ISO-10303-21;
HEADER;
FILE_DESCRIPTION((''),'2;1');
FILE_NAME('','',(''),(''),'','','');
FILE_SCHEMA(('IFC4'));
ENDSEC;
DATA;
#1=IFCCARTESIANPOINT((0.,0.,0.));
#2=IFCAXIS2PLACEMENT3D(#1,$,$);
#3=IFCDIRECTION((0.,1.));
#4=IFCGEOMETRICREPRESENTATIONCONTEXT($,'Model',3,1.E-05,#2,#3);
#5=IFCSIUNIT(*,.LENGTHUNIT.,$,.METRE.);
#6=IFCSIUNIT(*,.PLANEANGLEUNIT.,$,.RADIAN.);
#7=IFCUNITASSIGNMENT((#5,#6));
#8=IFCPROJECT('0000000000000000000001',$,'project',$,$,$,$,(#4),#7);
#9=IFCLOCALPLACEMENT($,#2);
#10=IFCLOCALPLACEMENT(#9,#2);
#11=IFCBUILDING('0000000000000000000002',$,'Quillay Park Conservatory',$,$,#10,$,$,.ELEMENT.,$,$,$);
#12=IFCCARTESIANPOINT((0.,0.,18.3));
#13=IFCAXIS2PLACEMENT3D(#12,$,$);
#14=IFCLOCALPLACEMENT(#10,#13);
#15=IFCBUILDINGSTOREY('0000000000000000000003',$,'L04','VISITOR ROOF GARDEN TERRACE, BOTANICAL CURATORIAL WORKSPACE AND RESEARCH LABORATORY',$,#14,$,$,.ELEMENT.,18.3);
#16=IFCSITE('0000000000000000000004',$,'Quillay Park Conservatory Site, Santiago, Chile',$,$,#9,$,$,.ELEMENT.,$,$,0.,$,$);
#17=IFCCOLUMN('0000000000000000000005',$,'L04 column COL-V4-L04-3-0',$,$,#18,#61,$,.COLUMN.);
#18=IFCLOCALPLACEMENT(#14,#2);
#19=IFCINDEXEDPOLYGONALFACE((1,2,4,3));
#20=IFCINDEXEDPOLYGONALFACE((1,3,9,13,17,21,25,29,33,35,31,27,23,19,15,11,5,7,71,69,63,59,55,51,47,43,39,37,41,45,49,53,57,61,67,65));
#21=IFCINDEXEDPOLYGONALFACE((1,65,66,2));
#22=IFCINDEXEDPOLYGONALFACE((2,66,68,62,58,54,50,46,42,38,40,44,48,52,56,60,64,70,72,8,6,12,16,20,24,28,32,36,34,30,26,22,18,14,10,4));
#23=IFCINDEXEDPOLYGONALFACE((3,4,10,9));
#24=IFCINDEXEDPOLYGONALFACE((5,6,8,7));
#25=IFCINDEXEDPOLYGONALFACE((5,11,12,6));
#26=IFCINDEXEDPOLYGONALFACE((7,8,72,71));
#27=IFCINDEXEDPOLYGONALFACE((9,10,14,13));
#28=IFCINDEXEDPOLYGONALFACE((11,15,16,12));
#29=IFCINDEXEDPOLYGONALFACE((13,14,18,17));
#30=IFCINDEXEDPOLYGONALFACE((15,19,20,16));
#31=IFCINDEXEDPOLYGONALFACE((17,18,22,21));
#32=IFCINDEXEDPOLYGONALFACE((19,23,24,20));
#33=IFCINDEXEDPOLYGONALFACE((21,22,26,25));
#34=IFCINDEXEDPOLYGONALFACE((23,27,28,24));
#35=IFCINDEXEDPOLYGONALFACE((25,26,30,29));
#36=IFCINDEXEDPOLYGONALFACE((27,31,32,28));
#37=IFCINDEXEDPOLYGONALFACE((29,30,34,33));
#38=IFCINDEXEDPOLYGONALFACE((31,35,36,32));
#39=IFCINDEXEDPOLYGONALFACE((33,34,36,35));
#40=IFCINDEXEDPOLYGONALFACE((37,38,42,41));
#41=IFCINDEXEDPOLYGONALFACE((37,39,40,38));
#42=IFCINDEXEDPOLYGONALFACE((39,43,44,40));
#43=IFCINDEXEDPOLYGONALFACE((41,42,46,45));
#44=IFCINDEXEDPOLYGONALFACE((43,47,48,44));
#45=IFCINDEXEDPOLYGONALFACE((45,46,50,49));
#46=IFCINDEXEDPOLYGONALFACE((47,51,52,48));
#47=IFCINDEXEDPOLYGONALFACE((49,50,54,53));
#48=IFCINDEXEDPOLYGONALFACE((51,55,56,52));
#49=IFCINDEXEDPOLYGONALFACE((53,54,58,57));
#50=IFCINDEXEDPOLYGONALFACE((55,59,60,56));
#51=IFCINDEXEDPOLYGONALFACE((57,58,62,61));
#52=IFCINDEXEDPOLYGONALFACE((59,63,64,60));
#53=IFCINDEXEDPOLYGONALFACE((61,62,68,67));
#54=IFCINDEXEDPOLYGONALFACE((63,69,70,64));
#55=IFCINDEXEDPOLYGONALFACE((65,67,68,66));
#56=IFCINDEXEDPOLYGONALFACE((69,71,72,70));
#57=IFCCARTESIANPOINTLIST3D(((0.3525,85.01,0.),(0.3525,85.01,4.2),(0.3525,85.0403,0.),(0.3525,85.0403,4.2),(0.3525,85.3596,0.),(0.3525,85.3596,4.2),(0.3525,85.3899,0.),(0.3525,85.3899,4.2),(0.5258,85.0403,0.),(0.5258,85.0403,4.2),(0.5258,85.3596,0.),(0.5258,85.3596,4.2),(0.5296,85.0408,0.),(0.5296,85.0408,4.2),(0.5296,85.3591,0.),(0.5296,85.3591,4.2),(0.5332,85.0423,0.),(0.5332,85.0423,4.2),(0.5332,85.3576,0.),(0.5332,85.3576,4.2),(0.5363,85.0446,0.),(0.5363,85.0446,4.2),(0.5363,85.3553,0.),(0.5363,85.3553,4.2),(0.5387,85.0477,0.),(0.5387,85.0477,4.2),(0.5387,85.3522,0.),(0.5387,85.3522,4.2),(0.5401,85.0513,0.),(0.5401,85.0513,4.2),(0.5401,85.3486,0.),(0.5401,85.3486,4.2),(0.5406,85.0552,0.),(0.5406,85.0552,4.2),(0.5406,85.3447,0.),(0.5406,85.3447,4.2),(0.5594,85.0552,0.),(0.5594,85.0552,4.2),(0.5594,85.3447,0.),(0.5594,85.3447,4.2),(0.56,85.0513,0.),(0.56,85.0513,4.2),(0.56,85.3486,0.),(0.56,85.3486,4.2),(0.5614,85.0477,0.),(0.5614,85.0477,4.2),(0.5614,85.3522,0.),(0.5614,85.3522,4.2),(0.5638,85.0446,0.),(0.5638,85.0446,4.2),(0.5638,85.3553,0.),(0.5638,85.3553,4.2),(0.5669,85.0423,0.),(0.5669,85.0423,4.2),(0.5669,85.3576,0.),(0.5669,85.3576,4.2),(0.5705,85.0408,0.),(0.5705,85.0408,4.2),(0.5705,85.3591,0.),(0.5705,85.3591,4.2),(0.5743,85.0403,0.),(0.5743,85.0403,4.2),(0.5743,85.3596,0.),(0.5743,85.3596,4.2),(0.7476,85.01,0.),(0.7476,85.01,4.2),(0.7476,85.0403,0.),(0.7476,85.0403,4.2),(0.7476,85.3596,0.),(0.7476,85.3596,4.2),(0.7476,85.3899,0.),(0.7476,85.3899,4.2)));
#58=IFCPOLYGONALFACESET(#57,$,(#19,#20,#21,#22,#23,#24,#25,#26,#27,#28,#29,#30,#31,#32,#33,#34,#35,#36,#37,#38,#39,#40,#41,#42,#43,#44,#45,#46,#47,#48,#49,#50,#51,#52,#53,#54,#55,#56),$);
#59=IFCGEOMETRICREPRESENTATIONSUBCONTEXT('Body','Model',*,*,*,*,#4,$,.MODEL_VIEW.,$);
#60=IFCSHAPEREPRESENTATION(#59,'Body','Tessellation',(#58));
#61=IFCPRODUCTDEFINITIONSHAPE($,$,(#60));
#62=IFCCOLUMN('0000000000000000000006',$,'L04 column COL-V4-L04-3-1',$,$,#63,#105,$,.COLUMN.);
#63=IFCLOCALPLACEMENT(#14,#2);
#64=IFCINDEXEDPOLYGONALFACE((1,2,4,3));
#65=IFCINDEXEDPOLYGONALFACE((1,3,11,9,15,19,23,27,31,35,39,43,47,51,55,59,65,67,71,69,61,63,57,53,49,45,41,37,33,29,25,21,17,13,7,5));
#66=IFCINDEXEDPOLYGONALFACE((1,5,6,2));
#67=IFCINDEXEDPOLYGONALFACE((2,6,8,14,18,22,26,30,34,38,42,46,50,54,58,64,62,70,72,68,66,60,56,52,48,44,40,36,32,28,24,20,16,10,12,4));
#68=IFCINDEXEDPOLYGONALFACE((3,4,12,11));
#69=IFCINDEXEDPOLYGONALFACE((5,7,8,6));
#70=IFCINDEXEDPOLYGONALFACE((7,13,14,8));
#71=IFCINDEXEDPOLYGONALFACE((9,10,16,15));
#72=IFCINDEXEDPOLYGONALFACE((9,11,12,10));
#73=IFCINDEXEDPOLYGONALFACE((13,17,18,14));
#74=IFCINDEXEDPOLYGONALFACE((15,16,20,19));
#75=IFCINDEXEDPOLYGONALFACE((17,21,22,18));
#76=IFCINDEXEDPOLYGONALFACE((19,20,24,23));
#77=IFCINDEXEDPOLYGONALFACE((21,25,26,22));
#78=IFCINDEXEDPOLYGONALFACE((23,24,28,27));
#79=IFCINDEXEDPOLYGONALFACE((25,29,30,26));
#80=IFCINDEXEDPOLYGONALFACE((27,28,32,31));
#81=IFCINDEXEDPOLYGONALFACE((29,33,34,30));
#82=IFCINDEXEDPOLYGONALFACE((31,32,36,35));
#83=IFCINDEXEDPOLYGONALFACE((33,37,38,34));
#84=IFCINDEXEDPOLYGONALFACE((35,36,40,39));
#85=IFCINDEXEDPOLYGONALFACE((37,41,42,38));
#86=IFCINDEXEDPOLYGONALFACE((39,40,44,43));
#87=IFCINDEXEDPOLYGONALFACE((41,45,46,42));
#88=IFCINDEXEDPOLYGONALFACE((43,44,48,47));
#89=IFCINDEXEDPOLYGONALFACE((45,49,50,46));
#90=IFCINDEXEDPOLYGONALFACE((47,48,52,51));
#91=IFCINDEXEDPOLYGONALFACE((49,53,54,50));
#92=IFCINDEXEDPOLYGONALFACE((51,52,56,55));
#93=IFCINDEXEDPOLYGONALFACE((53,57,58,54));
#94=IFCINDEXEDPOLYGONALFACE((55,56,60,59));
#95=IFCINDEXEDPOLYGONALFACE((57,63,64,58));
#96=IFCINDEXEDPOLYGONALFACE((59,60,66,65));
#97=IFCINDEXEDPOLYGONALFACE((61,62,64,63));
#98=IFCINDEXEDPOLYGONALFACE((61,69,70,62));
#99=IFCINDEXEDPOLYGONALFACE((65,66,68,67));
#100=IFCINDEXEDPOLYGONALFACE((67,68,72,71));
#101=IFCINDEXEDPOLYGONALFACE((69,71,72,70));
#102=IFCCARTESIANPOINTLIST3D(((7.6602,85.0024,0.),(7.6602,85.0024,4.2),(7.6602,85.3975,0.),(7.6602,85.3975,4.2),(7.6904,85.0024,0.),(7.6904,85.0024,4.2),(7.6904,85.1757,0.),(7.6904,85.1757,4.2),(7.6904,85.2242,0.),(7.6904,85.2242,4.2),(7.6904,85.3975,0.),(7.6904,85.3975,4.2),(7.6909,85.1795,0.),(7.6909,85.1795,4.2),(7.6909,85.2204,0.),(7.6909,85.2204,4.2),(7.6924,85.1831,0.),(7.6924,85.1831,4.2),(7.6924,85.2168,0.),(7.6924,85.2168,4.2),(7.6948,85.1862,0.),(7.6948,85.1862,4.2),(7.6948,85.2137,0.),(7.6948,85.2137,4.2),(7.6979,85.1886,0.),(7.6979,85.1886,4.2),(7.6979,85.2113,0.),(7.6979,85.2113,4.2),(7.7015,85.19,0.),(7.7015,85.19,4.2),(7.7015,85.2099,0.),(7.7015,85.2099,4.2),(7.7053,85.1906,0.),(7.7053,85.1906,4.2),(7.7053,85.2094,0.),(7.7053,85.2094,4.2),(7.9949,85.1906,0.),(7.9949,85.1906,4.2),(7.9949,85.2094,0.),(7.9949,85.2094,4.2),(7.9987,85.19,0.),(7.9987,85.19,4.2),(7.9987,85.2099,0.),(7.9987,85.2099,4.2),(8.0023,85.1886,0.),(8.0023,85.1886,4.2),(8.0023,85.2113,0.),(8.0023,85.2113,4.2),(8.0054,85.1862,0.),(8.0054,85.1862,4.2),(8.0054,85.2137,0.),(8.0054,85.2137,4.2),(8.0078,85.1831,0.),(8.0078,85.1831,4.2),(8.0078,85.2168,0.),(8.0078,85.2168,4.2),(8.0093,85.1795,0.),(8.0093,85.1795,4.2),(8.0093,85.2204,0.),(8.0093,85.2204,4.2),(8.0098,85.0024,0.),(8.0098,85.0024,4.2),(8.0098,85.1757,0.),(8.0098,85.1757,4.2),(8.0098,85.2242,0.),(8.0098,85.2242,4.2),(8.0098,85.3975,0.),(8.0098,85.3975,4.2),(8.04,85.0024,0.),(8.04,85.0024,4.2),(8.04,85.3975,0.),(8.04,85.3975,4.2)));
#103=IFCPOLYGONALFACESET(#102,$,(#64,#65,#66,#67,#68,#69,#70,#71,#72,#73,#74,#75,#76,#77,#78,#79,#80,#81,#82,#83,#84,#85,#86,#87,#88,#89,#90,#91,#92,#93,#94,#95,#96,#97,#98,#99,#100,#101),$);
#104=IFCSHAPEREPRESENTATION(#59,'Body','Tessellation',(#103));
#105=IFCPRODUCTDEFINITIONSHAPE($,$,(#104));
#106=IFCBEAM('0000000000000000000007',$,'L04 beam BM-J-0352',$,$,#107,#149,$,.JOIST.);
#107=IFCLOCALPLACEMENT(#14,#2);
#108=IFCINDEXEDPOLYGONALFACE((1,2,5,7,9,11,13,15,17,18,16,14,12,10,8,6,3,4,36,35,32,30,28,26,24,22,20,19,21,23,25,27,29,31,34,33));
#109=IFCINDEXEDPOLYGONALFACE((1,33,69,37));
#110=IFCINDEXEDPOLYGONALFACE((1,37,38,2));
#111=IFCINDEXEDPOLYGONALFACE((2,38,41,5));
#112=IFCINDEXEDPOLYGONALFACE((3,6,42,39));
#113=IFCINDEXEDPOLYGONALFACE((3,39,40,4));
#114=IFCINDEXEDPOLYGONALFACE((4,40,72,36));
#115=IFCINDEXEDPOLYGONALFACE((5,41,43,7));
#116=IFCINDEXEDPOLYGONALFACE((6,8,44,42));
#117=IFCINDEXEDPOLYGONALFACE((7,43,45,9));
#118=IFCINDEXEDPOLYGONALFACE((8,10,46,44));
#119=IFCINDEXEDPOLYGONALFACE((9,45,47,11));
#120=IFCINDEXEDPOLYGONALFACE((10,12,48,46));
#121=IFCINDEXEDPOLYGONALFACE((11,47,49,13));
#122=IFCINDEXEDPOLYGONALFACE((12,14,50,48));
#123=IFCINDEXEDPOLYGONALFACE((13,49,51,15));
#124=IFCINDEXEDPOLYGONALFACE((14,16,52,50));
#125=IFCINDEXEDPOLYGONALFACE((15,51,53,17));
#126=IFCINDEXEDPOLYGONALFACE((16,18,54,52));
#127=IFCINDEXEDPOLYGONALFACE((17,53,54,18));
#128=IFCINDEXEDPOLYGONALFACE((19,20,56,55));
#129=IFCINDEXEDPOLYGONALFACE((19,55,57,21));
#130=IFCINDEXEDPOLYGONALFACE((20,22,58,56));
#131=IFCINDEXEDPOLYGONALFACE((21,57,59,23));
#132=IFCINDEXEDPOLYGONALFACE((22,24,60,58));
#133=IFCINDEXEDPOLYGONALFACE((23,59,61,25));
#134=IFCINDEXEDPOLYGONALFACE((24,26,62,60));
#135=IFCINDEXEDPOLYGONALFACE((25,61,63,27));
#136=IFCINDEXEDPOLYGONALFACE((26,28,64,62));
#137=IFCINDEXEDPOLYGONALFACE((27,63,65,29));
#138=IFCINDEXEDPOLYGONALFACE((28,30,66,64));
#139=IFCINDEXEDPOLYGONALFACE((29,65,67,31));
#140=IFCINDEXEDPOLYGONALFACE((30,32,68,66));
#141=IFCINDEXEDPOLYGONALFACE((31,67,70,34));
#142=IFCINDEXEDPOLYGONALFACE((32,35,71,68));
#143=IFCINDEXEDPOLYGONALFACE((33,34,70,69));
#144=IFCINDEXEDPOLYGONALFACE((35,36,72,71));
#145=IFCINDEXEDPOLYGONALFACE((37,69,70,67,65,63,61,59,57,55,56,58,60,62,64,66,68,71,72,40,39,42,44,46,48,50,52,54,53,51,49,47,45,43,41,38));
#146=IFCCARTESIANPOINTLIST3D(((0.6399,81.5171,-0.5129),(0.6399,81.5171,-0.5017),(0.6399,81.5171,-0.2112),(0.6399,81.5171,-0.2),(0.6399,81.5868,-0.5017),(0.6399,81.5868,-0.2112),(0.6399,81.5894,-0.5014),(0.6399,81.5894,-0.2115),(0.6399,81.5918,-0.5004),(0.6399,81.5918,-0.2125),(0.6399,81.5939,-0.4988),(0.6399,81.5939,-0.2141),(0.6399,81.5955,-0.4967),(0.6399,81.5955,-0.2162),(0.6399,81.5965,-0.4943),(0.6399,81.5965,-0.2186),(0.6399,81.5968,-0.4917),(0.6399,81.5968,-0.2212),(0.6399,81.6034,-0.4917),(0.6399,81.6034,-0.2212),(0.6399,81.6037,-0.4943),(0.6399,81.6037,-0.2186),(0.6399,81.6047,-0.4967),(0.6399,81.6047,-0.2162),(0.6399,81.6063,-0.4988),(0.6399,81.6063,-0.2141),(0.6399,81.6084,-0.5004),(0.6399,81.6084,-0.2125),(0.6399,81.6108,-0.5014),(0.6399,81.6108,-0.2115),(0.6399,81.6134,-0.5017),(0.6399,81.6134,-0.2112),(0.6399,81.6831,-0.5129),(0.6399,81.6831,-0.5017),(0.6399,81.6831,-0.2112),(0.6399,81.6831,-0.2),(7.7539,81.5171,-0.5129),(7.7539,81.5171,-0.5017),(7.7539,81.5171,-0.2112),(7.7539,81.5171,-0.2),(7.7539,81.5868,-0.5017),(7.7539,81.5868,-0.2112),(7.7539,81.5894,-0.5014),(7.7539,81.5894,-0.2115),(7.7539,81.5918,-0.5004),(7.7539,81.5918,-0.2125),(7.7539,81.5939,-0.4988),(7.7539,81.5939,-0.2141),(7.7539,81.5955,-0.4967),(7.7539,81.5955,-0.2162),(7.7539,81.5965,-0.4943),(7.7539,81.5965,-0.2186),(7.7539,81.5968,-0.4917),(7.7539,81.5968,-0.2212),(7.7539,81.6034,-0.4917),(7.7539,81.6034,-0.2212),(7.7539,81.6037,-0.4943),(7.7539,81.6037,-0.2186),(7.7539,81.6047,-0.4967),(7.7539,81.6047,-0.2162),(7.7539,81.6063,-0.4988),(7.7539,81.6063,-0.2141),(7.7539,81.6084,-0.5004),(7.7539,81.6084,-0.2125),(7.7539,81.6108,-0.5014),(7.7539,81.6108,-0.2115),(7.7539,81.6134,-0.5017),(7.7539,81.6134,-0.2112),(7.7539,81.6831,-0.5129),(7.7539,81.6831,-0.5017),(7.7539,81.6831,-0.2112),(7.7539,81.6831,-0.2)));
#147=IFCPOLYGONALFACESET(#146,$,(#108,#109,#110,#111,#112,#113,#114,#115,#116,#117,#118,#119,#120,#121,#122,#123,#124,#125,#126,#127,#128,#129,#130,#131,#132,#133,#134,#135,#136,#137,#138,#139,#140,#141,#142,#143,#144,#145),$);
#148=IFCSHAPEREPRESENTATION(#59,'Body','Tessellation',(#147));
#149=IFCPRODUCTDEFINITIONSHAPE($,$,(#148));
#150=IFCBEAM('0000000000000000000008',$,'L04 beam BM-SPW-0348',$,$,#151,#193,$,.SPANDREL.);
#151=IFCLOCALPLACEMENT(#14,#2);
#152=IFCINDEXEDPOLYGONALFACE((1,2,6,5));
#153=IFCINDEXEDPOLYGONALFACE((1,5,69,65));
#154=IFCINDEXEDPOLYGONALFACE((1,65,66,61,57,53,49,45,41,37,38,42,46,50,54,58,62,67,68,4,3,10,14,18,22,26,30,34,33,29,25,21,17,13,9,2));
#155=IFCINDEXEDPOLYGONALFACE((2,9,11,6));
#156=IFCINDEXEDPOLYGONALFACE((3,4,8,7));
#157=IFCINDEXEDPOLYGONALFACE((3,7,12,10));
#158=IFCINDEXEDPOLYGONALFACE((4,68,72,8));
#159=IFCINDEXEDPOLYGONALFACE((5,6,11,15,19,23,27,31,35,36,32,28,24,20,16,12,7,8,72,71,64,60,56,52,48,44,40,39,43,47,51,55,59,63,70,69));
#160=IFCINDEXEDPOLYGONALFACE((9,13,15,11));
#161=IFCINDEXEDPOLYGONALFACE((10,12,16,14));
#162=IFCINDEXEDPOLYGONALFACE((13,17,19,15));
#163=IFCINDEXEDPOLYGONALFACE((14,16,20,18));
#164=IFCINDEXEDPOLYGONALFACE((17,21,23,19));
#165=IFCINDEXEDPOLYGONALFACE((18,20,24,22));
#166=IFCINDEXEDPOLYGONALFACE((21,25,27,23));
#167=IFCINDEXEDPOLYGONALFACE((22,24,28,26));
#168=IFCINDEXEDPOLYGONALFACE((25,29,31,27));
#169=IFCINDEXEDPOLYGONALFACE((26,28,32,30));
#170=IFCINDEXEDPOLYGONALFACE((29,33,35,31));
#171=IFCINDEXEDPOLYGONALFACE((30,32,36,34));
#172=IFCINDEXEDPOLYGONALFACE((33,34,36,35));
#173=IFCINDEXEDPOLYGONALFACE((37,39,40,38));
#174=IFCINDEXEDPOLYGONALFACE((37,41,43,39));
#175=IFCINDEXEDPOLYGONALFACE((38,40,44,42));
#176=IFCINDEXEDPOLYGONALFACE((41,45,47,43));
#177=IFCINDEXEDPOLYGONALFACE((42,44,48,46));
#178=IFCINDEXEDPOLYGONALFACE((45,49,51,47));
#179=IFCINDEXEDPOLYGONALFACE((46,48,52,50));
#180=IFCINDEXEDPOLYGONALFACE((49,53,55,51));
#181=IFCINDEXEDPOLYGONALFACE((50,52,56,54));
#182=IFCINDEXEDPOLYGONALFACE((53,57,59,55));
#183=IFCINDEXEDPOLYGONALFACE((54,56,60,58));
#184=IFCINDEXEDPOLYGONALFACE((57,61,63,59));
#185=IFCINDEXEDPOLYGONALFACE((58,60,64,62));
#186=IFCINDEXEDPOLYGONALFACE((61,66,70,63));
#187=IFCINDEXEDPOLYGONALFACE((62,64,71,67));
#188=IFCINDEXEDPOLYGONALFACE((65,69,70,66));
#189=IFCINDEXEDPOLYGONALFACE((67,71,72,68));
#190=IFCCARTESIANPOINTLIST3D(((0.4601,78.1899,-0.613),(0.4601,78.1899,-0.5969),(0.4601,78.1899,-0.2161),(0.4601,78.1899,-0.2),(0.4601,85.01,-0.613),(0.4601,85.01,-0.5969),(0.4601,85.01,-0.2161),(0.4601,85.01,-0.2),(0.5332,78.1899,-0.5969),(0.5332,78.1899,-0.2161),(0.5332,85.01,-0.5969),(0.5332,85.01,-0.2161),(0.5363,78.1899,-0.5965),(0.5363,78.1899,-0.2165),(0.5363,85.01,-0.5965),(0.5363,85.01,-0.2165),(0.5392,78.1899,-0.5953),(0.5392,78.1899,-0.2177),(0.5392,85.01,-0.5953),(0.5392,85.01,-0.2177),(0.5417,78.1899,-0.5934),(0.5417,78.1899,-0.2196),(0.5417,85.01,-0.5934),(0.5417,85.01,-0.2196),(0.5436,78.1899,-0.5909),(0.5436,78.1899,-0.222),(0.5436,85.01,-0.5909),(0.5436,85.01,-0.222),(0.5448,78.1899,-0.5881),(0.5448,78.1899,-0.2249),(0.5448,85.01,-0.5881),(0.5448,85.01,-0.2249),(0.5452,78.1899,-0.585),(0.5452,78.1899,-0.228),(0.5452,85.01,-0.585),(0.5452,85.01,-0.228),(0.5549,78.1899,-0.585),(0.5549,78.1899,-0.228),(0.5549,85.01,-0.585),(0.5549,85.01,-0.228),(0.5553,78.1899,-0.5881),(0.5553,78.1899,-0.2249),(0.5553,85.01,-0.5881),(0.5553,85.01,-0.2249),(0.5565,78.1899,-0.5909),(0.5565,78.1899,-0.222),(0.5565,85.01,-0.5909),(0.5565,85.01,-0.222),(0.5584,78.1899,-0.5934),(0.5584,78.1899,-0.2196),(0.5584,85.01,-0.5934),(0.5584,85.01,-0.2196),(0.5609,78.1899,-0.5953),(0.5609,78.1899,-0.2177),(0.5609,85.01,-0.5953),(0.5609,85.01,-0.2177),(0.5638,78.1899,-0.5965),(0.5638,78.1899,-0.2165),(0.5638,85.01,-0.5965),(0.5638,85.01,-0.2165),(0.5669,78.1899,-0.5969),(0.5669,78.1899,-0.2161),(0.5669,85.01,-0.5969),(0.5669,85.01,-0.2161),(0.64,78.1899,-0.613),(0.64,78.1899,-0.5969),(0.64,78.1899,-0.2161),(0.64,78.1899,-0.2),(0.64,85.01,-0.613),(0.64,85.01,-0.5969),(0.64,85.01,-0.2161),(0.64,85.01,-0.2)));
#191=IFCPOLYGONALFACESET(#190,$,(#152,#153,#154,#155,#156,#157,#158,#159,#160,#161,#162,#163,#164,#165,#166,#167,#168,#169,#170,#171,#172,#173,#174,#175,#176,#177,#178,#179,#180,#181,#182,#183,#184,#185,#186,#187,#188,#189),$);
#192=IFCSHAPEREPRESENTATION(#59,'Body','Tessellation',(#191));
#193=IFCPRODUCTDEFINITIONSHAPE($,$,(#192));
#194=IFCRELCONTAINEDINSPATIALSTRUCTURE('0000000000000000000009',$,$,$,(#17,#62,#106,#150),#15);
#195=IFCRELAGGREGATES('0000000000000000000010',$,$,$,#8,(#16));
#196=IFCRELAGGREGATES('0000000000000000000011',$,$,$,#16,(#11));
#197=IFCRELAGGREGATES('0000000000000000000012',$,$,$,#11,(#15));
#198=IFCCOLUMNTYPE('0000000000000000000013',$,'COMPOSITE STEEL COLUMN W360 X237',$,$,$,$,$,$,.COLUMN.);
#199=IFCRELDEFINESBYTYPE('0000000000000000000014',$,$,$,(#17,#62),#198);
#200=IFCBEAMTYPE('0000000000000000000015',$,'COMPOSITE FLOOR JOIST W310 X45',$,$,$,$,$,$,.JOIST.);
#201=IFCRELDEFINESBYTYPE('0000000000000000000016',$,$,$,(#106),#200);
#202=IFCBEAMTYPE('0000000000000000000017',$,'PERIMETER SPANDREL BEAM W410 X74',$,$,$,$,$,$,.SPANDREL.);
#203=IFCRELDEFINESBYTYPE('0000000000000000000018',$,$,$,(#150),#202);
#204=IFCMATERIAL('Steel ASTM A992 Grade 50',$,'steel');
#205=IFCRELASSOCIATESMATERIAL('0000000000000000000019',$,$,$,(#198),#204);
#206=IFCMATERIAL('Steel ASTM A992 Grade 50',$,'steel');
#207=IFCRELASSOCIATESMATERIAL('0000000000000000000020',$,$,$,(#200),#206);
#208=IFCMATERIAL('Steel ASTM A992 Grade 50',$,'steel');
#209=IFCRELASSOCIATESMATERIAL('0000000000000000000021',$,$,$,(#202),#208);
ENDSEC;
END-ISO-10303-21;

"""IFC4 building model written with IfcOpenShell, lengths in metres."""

from ifc_helpers import new_model, si_unit, direction, frame, origin, origin_2d, place, context, subcontext, project, spatial, i_section, extrude, material, material_profile, profile_set, type_object, element, save


model = new_model("IFC4")

# Units and contexts
model_context = context("Model", 3, precision=1e-05, world=origin(), true_north=direction((0.0, 1.0)))
body_context = subcontext(model_context, "Body", "Model", "MODEL_VIEW")
ifc_project = project(units=[si_unit("LENGTHUNIT", "METRE"), si_unit("PLANEANGLEUNIT", "RADIAN")], contexts=[model_context])

# Site, building, storey
site_placement = place(None, origin())
site = spatial("IfcSite", under=ifc_project, at=site_placement, Name="Quillay Park Conservatory Site, Santiago, Chile", CompositionType="ELEMENT", RefElevation=0.0)
building_placement = place(site_placement, origin())
building = spatial("IfcBuilding", under=site, at=building_placement, Name="Quillay Park Conservatory", CompositionType="ELEMENT")
storey_placement = place(building_placement, frame((0.0, 0.0, 18.3)))
storey = spatial("IfcBuildingStorey", under=building, at=storey_placement, Name="L04", Description="VISITOR ROOF GARDEN TERRACE, BOTANICAL CURATORIAL WORKSPACE AND RESEARCH LABORATORY", CompositionType="ELEMENT", Elevation=18.3)

# Columns
ifc_material_1 = material(Name="Steel ASTM A992 Grade 50", Category="steel")
ifc_material_profile_1 = material_profile(ifc_material_1, i_section(OverallWidth=0.395, OverallDepth=0.3799, WebThickness=0.0188, FlangeThickness=0.0303, FilletRadius=0.0149, at=origin_2d()), Name="W360x237")
ifc_profile_set_1 = profile_set([ifc_material_profile_1], Name="Steel ASTM A992 Grade 50")
column_type = type_object("IfcColumnType", Name="COMPOSITE STEEL COLUMN W360 X237", PredefinedType="COLUMN", material=ifc_profile_set_1)
for number, where, z_axis, x_axis, name in (
    (1, (0.55, 85.2, 0.0), (0.0, 0.0, 1.0), (1.0, 0.0, 0.0), "L04 column COL-V4-L04-3-0"),
    (2, (7.8501, 85.2, 0.0), (0.0, 0.0, 1.0), (0.0, 1.0, 0.0), "L04 column COL-V4-L04-3-1"),
):
    element("IfcColumn", number, at=place(storey_placement, frame(where, z_axis=z_axis, x_axis=x_axis)), inside=storey, type_object=column_type, Name=name, PredefinedType="COLUMN", context=body_context, shape_type="SweptSolid", body=[
        extrude(i_section(OverallWidth=0.395, OverallDepth=0.3799, WebThickness=0.0188, FlangeThickness=0.0303, FilletRadius=0.0149, at=origin_2d()), origin(), (0.0, 0.0, 1.0), 4.2),
    ])

# Beams
ifc_material_2 = material(Name="Steel ASTM A992 Grade 50", Category="steel")
ifc_material_profile_2 = material_profile(ifc_material_2, i_section(OverallWidth=0.166, OverallDepth=0.313, WebThickness=0.0066, FlangeThickness=0.0112, FilletRadius=0.01, at=origin_2d()), Name="W310x45")
ifc_profile_set_2 = profile_set([ifc_material_profile_2], Name="Steel ASTM A992 Grade 50")
beam_type_1 = type_object("IfcBeamType", Name="COMPOSITE FLOOR JOIST W310 X45", PredefinedType="JOIST", material=ifc_profile_set_2)
beam_1_placement = place(storey_placement, frame((0.6399, 81.6001, -0.3564), z_axis=(1.0, 0.0, 0.0), x_axis=(0.0, 1.0, 0.0)))
element("IfcBeam", 3, at=beam_1_placement, inside=storey, type_object=beam_type_1, Name="L04 beam BM-J-0352", PredefinedType="JOIST", context=body_context, shape_type="SweptSolid", body=[
    extrude(i_section(OverallWidth=0.166, OverallDepth=0.313, WebThickness=0.0066, FlangeThickness=0.0112, FilletRadius=0.01, at=origin_2d()), origin(), (0.0, 0.0, 1.0), 7.114),
])
ifc_material_3 = material(Name="Steel ASTM A992 Grade 50", Category="steel")
ifc_material_profile_3 = material_profile(ifc_material_3, i_section(OverallWidth=0.1799, OverallDepth=0.4131, WebThickness=0.0098, FlangeThickness=0.0161, FilletRadius=0.012, at=origin_2d()), Name="W410x74")
ifc_profile_set_3 = profile_set([ifc_material_profile_3], Name="Steel ASTM A992 Grade 50")
beam_type_2 = type_object("IfcBeamType", Name="PERIMETER SPANDREL BEAM W410 X74", PredefinedType="SPANDREL", material=ifc_profile_set_3)
for number, where, z_axis, x_axis, name in (
    (4, (0.55, 78.1899, -0.4065), (0.0, 1.0, 0.0), (-1.0, 0.0, 0.0), "L04 beam BM-SPW-0348"),
):
    element("IfcBeam", number, at=place(storey_placement, frame(where, z_axis=z_axis, x_axis=x_axis)), inside=storey, type_object=beam_type_2, Name=name, PredefinedType="SPANDREL", context=body_context, shape_type="SweptSolid", body=[
        extrude(i_section(OverallWidth=0.1799, OverallDepth=0.4131, WebThickness=0.0098, FlangeThickness=0.0161, FilletRadius=0.012, at=origin_2d()), origin(), (0.0, 0.0, 1.0), 6.8201),
    ])

save(model, "model.ifc")
